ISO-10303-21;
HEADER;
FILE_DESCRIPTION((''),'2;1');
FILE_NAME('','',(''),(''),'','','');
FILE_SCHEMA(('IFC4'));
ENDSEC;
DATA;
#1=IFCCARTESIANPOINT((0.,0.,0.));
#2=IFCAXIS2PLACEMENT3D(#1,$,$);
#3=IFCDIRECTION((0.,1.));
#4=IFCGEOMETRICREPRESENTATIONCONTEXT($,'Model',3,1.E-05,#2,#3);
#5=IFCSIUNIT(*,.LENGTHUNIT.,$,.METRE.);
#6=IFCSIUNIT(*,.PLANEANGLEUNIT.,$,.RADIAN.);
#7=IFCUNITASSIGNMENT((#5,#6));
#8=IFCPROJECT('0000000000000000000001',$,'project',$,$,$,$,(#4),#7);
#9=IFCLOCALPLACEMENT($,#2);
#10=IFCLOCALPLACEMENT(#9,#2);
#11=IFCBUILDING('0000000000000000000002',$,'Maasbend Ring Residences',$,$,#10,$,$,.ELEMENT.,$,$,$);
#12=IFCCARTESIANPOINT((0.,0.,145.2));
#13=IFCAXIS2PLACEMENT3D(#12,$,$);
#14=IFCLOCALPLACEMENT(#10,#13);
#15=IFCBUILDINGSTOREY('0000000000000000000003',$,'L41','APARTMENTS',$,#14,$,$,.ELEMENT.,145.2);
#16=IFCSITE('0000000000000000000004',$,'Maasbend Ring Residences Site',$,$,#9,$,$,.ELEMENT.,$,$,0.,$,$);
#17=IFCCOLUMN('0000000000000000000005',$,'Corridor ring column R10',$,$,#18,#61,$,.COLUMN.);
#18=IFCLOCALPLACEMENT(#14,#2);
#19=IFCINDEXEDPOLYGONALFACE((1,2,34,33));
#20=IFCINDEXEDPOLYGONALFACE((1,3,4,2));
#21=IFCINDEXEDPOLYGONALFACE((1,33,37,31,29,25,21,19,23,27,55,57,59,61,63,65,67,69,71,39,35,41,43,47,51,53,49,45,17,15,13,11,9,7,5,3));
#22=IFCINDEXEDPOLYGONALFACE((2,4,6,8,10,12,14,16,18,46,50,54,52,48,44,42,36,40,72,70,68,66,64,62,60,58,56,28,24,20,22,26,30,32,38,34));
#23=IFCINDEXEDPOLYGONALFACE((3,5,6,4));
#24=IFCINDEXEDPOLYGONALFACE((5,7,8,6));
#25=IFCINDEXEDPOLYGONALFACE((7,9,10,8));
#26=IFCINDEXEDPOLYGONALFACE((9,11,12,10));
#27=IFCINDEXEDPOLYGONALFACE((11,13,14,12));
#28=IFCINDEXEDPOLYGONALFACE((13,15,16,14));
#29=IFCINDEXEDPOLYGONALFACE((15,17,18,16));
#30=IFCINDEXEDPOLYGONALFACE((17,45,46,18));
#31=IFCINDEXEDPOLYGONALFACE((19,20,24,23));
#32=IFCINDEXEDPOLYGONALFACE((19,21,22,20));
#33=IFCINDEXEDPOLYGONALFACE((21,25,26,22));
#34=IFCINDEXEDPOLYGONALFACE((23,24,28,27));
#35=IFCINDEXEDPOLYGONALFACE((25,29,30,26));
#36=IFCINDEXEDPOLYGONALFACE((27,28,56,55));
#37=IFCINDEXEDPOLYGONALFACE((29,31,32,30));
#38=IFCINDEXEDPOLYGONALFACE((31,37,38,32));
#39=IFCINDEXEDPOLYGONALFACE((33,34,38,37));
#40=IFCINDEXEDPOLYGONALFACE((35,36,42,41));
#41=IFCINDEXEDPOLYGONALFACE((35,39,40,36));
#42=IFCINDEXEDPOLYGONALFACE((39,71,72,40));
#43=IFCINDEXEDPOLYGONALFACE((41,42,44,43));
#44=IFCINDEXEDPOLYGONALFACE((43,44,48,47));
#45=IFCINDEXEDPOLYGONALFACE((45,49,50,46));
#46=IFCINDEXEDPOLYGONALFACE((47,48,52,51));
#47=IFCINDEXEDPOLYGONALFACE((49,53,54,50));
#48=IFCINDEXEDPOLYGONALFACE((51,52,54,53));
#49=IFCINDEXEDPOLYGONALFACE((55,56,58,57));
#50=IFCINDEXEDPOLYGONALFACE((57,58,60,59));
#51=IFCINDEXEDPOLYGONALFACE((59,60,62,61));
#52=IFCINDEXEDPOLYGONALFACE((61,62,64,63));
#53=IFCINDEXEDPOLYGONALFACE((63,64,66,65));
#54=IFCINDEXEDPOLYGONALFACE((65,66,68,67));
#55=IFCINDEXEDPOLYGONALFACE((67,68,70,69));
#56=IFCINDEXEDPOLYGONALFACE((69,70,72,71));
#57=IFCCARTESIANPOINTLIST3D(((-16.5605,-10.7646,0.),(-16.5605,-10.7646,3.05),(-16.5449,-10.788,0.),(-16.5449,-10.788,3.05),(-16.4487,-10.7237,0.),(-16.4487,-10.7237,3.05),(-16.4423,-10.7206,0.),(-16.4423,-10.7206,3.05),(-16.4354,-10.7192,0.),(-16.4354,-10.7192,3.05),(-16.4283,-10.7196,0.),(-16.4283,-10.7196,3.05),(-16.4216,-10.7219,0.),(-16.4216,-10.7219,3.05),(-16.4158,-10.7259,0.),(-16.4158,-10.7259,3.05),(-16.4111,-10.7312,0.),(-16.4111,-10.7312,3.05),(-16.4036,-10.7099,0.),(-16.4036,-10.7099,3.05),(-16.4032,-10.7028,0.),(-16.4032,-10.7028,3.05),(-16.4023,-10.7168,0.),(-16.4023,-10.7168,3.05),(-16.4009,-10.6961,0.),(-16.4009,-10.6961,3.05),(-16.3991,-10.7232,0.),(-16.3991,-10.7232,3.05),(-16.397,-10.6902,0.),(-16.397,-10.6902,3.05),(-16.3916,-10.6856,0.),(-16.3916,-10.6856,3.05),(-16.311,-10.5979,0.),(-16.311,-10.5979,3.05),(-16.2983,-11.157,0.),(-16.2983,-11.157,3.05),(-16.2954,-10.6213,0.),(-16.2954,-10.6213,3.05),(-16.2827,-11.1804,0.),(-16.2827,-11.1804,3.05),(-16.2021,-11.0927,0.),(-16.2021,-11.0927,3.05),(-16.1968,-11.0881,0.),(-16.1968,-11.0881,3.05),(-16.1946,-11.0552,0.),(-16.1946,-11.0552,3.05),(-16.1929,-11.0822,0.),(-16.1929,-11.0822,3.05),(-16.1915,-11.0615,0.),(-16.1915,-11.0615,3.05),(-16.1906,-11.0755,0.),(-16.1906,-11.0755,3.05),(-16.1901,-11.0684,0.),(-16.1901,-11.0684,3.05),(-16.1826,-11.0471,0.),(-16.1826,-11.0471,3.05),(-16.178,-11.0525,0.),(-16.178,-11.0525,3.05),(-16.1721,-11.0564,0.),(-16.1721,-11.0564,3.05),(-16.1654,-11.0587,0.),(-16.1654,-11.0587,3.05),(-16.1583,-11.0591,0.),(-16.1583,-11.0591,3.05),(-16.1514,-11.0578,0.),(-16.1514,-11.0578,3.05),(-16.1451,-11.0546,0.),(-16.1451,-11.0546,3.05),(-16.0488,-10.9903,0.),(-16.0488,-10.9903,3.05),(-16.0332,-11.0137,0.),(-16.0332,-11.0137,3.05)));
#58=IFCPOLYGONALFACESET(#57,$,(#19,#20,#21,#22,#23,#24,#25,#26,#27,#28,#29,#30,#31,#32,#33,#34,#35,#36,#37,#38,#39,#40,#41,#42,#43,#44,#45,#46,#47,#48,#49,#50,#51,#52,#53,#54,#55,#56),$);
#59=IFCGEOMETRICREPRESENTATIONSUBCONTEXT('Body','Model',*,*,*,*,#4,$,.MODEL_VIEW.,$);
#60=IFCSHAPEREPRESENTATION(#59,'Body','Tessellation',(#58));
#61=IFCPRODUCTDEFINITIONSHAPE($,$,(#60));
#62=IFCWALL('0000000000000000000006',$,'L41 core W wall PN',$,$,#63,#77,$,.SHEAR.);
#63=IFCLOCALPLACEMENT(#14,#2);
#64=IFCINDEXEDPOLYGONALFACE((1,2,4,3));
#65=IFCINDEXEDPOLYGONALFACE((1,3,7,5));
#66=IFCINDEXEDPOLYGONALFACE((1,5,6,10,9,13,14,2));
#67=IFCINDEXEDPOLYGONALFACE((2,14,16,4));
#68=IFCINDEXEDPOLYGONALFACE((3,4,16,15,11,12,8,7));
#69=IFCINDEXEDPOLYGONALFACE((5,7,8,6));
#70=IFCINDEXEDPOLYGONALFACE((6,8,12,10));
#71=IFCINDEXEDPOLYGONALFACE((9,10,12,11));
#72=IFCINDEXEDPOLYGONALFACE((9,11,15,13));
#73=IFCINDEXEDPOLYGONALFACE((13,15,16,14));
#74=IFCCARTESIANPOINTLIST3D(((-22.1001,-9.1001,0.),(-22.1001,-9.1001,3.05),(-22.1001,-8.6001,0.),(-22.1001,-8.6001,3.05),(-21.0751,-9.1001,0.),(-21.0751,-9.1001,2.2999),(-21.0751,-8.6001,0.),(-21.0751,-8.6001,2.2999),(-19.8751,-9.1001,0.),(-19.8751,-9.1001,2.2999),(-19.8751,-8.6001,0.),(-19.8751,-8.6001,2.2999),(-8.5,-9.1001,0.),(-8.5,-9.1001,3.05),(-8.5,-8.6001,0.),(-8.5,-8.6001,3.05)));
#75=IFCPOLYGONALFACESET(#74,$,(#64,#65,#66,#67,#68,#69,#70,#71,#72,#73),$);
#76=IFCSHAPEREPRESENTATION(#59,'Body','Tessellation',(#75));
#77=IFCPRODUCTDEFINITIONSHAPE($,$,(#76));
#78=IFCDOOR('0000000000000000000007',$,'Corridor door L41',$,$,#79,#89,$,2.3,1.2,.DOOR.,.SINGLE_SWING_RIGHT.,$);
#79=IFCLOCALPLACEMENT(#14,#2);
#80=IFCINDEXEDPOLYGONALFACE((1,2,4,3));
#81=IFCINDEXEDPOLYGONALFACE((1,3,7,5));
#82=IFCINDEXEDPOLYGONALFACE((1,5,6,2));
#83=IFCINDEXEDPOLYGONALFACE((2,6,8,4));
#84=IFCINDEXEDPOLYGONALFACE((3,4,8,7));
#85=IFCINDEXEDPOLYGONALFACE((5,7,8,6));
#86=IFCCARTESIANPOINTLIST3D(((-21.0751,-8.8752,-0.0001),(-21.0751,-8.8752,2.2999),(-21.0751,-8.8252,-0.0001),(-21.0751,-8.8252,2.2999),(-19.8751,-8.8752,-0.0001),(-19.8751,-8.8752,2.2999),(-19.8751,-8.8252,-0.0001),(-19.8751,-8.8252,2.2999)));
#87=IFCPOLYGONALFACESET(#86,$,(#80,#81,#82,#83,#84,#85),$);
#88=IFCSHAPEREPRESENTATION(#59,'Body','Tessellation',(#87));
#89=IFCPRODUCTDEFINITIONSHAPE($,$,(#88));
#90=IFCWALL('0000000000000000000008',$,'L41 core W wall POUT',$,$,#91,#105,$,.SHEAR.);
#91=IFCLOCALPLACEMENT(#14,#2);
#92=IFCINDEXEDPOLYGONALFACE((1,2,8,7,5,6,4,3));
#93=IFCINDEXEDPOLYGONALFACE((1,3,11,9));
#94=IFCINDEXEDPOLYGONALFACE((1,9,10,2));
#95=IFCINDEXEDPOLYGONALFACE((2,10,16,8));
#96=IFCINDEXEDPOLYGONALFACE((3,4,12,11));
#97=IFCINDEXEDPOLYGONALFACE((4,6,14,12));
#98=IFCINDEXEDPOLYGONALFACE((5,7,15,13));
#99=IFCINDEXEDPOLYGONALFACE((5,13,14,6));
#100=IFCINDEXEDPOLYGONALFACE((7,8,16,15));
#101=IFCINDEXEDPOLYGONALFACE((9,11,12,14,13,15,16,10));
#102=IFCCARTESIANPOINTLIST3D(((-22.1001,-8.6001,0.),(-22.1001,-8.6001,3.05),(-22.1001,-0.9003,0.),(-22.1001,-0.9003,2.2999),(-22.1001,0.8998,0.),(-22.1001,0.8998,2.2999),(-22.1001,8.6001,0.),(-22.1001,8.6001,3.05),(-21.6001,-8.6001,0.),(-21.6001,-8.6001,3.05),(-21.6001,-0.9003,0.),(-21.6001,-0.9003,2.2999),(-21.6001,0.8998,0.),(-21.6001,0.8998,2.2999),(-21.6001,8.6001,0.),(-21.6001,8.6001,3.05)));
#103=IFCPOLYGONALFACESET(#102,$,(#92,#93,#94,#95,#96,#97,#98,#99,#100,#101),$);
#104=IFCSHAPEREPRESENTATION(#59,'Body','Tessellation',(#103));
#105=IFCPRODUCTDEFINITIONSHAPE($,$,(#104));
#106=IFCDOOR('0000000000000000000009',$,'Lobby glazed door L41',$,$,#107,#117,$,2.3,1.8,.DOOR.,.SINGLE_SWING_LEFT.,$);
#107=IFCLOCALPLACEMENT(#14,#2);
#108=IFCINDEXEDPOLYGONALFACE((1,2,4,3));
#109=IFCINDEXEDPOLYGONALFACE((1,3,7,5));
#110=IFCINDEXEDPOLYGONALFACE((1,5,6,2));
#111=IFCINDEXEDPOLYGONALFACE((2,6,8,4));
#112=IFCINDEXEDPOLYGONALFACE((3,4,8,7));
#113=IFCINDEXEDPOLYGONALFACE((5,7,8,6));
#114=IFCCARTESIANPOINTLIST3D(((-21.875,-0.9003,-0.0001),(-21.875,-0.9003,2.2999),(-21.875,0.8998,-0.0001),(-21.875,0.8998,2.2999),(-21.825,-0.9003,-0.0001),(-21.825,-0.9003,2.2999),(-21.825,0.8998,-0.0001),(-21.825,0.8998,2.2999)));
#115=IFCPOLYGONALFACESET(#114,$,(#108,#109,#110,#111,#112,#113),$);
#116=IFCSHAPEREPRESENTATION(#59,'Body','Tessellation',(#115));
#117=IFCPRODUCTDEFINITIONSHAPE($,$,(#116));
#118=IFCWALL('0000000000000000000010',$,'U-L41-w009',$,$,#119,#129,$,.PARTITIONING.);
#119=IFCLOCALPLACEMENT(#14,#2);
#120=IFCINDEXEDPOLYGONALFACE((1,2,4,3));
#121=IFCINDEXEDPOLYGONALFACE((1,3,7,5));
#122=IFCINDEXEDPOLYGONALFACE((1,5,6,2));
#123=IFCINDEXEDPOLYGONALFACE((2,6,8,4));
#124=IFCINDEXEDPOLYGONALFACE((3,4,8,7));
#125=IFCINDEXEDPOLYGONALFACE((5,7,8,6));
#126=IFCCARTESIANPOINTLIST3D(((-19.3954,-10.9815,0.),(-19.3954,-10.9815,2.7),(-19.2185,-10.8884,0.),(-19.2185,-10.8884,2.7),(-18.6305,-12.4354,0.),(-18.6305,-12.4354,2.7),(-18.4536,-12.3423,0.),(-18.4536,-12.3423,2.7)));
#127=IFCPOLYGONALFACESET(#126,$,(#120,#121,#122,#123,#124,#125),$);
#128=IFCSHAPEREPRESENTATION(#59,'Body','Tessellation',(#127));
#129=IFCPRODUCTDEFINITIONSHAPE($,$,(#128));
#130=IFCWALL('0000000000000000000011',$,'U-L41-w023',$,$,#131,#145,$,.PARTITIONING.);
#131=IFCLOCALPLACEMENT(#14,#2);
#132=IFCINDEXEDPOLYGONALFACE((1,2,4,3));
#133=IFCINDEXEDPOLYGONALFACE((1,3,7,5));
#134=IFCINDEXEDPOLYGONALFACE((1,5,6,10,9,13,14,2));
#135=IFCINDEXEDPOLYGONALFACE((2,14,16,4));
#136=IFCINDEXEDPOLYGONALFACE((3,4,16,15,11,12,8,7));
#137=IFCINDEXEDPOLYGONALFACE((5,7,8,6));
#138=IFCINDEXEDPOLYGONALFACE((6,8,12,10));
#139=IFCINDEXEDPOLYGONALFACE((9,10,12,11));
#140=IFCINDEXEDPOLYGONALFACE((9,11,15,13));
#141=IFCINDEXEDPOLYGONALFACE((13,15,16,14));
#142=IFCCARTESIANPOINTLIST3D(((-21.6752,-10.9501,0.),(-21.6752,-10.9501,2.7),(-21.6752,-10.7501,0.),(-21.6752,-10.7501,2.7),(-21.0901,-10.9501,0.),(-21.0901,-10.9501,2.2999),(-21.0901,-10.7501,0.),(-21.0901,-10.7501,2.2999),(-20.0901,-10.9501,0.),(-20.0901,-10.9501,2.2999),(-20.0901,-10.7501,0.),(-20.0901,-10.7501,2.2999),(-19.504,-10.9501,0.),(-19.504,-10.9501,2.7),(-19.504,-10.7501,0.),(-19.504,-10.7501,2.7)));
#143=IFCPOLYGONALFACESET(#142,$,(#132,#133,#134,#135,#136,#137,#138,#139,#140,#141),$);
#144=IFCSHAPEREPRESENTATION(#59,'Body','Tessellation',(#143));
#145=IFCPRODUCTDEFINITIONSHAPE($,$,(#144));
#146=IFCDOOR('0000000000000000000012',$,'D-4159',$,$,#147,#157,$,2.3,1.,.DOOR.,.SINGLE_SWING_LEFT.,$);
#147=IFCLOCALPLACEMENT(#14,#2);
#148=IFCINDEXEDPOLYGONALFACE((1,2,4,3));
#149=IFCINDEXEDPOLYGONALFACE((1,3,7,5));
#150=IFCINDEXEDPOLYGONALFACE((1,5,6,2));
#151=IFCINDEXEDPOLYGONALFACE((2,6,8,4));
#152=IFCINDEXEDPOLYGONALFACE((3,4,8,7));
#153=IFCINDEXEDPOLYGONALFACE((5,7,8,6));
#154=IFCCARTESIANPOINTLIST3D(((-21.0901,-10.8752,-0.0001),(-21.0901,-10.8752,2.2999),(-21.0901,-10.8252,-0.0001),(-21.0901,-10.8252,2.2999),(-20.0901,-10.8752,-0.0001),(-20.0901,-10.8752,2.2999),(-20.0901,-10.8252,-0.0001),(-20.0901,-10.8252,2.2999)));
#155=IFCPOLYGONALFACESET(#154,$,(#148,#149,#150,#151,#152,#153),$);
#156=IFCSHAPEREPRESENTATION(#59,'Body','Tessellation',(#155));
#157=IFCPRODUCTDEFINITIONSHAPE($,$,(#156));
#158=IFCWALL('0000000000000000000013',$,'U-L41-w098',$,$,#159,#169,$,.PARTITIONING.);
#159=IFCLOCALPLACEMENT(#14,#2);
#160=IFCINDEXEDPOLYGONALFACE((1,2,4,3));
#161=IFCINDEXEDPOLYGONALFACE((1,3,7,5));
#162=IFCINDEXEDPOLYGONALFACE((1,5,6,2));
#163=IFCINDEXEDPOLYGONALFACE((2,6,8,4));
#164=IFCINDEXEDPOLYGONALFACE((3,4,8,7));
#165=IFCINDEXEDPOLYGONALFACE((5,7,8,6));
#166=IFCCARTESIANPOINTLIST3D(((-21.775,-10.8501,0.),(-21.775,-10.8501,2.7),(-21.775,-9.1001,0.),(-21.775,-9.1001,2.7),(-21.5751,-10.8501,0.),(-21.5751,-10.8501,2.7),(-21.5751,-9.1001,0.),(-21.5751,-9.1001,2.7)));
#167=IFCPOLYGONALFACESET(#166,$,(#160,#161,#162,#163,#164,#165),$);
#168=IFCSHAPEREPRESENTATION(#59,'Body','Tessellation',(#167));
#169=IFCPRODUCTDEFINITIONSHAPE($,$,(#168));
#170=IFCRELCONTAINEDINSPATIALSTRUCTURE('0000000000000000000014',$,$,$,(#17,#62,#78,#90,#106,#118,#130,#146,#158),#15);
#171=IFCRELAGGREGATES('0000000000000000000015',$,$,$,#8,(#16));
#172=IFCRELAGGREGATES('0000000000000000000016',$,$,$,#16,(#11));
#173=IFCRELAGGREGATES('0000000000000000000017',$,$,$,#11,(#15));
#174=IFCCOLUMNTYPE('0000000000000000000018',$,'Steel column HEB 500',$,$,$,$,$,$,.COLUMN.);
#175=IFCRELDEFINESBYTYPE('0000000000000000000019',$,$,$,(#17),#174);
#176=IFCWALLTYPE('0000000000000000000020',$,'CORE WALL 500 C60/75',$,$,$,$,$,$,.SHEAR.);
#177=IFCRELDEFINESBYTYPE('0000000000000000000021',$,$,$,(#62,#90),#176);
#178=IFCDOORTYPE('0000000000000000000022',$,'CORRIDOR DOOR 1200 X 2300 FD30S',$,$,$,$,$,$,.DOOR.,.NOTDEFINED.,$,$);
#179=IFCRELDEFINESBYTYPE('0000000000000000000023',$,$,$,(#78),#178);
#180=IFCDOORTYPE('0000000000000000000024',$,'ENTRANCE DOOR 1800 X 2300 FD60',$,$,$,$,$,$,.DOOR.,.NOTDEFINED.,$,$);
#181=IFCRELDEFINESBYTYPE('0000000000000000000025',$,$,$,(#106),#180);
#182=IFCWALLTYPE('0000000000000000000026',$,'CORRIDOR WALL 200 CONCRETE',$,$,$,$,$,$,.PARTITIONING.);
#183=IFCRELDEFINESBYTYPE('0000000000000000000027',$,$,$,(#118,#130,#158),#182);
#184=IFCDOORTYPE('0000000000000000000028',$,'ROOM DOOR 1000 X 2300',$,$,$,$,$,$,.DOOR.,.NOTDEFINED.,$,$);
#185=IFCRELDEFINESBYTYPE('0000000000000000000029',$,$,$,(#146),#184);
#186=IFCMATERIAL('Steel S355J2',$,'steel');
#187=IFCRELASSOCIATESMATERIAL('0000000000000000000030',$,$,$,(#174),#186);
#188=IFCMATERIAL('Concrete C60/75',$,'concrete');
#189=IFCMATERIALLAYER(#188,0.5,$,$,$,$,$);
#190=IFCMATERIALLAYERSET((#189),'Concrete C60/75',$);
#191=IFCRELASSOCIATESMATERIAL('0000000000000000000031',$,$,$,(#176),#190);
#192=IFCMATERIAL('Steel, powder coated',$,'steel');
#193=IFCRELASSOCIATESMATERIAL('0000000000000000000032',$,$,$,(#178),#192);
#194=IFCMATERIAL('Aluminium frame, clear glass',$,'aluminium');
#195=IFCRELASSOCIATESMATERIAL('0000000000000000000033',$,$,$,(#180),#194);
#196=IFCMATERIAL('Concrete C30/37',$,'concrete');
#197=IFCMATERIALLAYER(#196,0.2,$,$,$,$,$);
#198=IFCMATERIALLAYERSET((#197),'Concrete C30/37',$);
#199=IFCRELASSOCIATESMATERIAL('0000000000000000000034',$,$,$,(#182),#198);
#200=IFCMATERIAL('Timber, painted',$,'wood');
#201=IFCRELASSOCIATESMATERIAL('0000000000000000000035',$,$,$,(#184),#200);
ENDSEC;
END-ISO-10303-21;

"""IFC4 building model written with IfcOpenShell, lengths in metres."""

from ifc_helpers import new_model, si_unit, direction, frame, frame_2d, origin, origin_2d, place, context, subcontext, project, spatial, rectangle, i_section, extrude, material, layer, layer_set, material_profile, profile_set, type_object, element, fill, save


model = new_model("IFC4")

# Units and contexts
model_context = context("Model", 3, precision=1e-05, world=origin(), true_north=direction((0.0, 1.0)))
body_context = subcontext(model_context, "Body", "Model", "MODEL_VIEW")
ifc_project = project(units=[si_unit("LENGTHUNIT", "METRE"), si_unit("PLANEANGLEUNIT", "RADIAN")], contexts=[model_context])

# Site, building, storey
site_placement = place(None, origin())
site = spatial("IfcSite", under=ifc_project, at=site_placement, Name="Maasbend Ring Residences Site", CompositionType="ELEMENT", RefElevation=0.0)
building_placement = place(site_placement, origin())
building = spatial("IfcBuilding", under=site, at=building_placement, Name="Maasbend Ring Residences", CompositionType="ELEMENT")
storey_placement = place(building_placement, frame((0.0, 0.0, 145.2)))
storey = spatial("IfcBuildingStorey", under=building, at=storey_placement, Name="L41", Description="APARTMENTS", CompositionType="ELEMENT", Elevation=145.2)

# Column
ifc_material_1 = material(Name="Steel S355J2", Category="steel")
ifc_material_profile = material_profile(ifc_material_1, i_section(OverallWidth=0.3, OverallDepth=0.5, WebThickness=0.0144, FlangeThickness=0.0281, FilletRadius=0.0271, at=origin_2d()), Name="HEB 500")
ifc_profile_set = profile_set([ifc_material_profile], Name="Steel S355J2")
column_type = type_object("IfcColumnType", Name="Steel column HEB 500", PredefinedType="COLUMN", material=ifc_profile_set)
column_placement = place(storey_placement, frame((-16.2969, -10.8892, 0.0), z_axis=(0.0, 0.0, 1.0), x_axis=(-0.83147, -0.55557, 0.0)))
element("IfcColumn", 1, at=column_placement, inside=storey, type_object=column_type, Name="Corridor ring column R10", PredefinedType="COLUMN", context=body_context, shape_type="SweptSolid", body=[
    extrude(i_section(OverallWidth=0.3, OverallDepth=0.5, WebThickness=0.0144, FlangeThickness=0.0281, FilletRadius=0.0271, at=origin_2d()), origin(), (0.0, 0.0, 1.0), 3.05),
])

# Walls, openings, doors
ifc_material_2 = material(Name="Concrete C60/75", Category="concrete")
ifc_layer_1 = layer(ifc_material_2, 0.5)
ifc_layer_set_1 = layer_set([ifc_layer_1], Name="Concrete C60/75")
wall_type_1 = type_object("IfcWallType", Name="CORE WALL 500 C60/75", PredefinedType="SHEAR", material=ifc_layer_set_1)
wall_1_placement = place(storey_placement, frame((-22.1001, -8.8501, 0.0), z_axis=(0.0, 0.0, 1.0), x_axis=(1.0, 0.0, 0.0)))
wall_1 = element("IfcWall", 2, at=wall_1_placement, inside=storey, type_object=wall_type_1, Name="L41 core W wall PN", PredefinedType="SHEAR", context=body_context, shape_type="SweptSolid", body=[
    extrude(rectangle(XDim=13.6001, YDim=0.5, at=frame_2d((6.8, 0.0))), origin(), (0.0, 0.0, 1.0), 3.05),
])
opening_1_placement = place(wall_1_placement, frame((1.0249, 0.0, 0.0)))
opening_1 = element("IfcOpeningElement", 3, at=opening_1_placement, cuts=wall_1, PredefinedType="OPENING", context=body_context, shape_type="SweptSolid", body=[
    extrude(rectangle(XDim=1.2, YDim=2.3, at=frame_2d((0.6001, 1.1499))), frame((0.0, 0.26, 0.0), z_axis=(0.0, -1.0, 0.0), x_axis=(1.0, 0.0, 0.0)), (0.0, 0.0, 1.0), 0.52),
])
ifc_material_3 = material(Name="Steel, powder coated", Category="steel")
door_type_1 = type_object("IfcDoorType", Name="CORRIDOR DOOR 1200 X 2300 FD30S", OperationType="NOTDEFINED", PredefinedType="DOOR", material=ifc_material_3)
door_1_placement = place(opening_1_placement, origin())
door_1 = element("IfcDoor", 4, at=door_1_placement, inside=storey, type_object=door_type_1, Name="Corridor door L41", OperationType="SINGLE_SWING_RIGHT", OverallHeight=2.3, OverallWidth=1.2, PredefinedType="DOOR", context=body_context, shape_type="SweptSolid", body=[
    extrude(rectangle(XDim=1.2, YDim=2.3, at=frame_2d((0.6001, 1.1499))), frame((0.0, 0.0249, 0.0), z_axis=(0.0, -1.0, 0.0), x_axis=(1.0, 0.0, 0.0)), (0.0, 0.0, 1.0), 0.05),
])
fill(opening_1, door_1)
wall_2_placement = place(storey_placement, frame((-21.8501, -8.6001, 0.0), z_axis=(0.0, 0.0, 1.0), x_axis=(0.0, 1.0, 0.0)))
wall_2 = element("IfcWall", 5, at=wall_2_placement, inside=storey, type_object=wall_type_1, Name="L41 core W wall POUT", PredefinedType="SHEAR", context=body_context, shape_type="SweptSolid", body=[
    extrude(rectangle(XDim=17.2002, YDim=0.5, at=frame_2d((8.6001, 0.0))), origin(), (0.0, 0.0, 1.0), 3.05),
])
opening_2_placement = place(wall_2_placement, frame((7.7, 0.0, 0.0)))
opening_2 = element("IfcOpeningElement", 6, at=opening_2_placement, cuts=wall_2, PredefinedType="OPENING", context=body_context, shape_type="SweptSolid", body=[
    extrude(rectangle(XDim=1.8, YDim=2.3, at=frame_2d((0.8999, 1.1499))), frame((0.0, 0.26, 0.0), z_axis=(0.0, -1.0, 0.0), x_axis=(1.0, 0.0, 0.0)), (0.0, 0.0, 1.0), 0.52),
])
ifc_material_4 = material(Name="Aluminium frame, clear glass", Category="aluminium")
door_type_2 = type_object("IfcDoorType", Name="ENTRANCE DOOR 1800 X 2300 FD60", OperationType="NOTDEFINED", PredefinedType="DOOR", material=ifc_material_4)
door_2_placement = place(opening_2_placement, origin())
door_2 = element("IfcDoor", 7, at=door_2_placement, inside=storey, type_object=door_type_2, Name="Lobby glazed door L41", OperationType="SINGLE_SWING_LEFT", OverallHeight=2.3, OverallWidth=1.8, PredefinedType="DOOR", context=body_context, shape_type="SweptSolid", body=[
    extrude(rectangle(XDim=1.8, YDim=2.3, at=frame_2d((0.8999, 1.1499))), frame((0.0, 0.0249, 0.0), z_axis=(0.0, -1.0, 0.0), x_axis=(1.0, 0.0, 0.0)), (0.0, 0.0, 1.0), 0.05),
])
fill(opening_2, door_2)

# Wall
ifc_material_5 = material(Name="Concrete C30/37", Category="concrete")
ifc_layer_2 = layer(ifc_material_5, 0.2)
ifc_layer_set_2 = layer_set([ifc_layer_2], Name="Concrete C30/37")
wall_type_2 = type_object("IfcWallType", Name="CORRIDOR WALL 200 CONCRETE", PredefinedType="PARTITIONING", material=ifc_layer_set_2)
wall_3_placement = place(storey_placement, frame((-19.3069, -10.9351, 0.0), z_axis=(0.0, 0.0, 1.0), x_axis=(0.465606, -0.884992, 0.0)))
element("IfcWall", 8, at=wall_3_placement, inside=storey, type_object=wall_type_2, Name="U-L41-w009", PredefinedType="PARTITIONING", context=body_context, shape_type="SweptSolid", body=[
    extrude(rectangle(XDim=1.6428, YDim=0.2, at=frame_2d((0.8213, 0.0))), origin(), (0.0, 0.0, 1.0), 2.7),
])

# Wall, opening, door
wall_4_placement = place(storey_placement, frame((-21.675, -10.8501, 0.0), z_axis=(0.0, 0.0, 1.0), x_axis=(1.0, 0.0, 0.0)))
wall_4 = element("IfcWall", 9, at=wall_4_placement, inside=storey, type_object=wall_type_2, Name="U-L41-w023", PredefinedType="PARTITIONING", context=body_context, shape_type="SweptSolid", body=[
    extrude(rectangle(XDim=2.1711, YDim=0.2, at=frame_2d((1.0854, 0.0))), origin(), (0.0, 0.0, 1.0), 2.7),
])
opening_3_placement = place(wall_4_placement, frame((0.585, 0.0, 0.0)))
opening_3 = element("IfcOpeningElement", 10, at=opening_3_placement, cuts=wall_4, PredefinedType="OPENING", context=body_context, shape_type="SweptSolid", body=[
    extrude(rectangle(XDim=1.0, YDim=2.3, at=frame_2d((0.5, 1.1499))), frame((0.0, 0.1099, 0.0), z_axis=(0.0, -1.0, 0.0), x_axis=(1.0, 0.0, 0.0)), (0.0, 0.0, 1.0), 0.22),
])
ifc_material_6 = material(Name="Timber, painted", Category="wood")
door_type_3 = type_object("IfcDoorType", Name="ROOM DOOR 1000 X 2300", OperationType="NOTDEFINED", PredefinedType="DOOR", material=ifc_material_6)
door_3_placement = place(opening_3_placement, origin())
door_3 = element("IfcDoor", 11, at=door_3_placement, inside=storey, type_object=door_type_3, Name="D-4159", OperationType="SINGLE_SWING_LEFT", OverallHeight=2.3, OverallWidth=1.0, PredefinedType="DOOR", context=body_context, shape_type="SweptSolid", body=[
    extrude(rectangle(XDim=1.0, YDim=2.3, at=frame_2d((0.5, 1.1499))), frame((0.0, 0.0249, 0.0), z_axis=(0.0, -1.0, 0.0), x_axis=(1.0, 0.0, 0.0)), (0.0, 0.0, 1.0), 0.05),
])
fill(opening_3, door_3)

# Wall
wall_5_placement = place(storey_placement, frame((-21.675, -10.8501, 0.0), z_axis=(0.0, 0.0, 1.0), x_axis=(0.0, 1.0, 0.0)))
element("IfcWall", 12, at=wall_5_placement, inside=storey, type_object=wall_type_2, Name="U-L41-w098", PredefinedType="PARTITIONING", context=body_context, shape_type="SweptSolid", body=[
    extrude(rectangle(XDim=1.75, YDim=0.2, at=frame_2d((0.875, 0.0))), origin(), (0.0, 0.0, 1.0), 2.7),
])

save(model, "model.ifc")
